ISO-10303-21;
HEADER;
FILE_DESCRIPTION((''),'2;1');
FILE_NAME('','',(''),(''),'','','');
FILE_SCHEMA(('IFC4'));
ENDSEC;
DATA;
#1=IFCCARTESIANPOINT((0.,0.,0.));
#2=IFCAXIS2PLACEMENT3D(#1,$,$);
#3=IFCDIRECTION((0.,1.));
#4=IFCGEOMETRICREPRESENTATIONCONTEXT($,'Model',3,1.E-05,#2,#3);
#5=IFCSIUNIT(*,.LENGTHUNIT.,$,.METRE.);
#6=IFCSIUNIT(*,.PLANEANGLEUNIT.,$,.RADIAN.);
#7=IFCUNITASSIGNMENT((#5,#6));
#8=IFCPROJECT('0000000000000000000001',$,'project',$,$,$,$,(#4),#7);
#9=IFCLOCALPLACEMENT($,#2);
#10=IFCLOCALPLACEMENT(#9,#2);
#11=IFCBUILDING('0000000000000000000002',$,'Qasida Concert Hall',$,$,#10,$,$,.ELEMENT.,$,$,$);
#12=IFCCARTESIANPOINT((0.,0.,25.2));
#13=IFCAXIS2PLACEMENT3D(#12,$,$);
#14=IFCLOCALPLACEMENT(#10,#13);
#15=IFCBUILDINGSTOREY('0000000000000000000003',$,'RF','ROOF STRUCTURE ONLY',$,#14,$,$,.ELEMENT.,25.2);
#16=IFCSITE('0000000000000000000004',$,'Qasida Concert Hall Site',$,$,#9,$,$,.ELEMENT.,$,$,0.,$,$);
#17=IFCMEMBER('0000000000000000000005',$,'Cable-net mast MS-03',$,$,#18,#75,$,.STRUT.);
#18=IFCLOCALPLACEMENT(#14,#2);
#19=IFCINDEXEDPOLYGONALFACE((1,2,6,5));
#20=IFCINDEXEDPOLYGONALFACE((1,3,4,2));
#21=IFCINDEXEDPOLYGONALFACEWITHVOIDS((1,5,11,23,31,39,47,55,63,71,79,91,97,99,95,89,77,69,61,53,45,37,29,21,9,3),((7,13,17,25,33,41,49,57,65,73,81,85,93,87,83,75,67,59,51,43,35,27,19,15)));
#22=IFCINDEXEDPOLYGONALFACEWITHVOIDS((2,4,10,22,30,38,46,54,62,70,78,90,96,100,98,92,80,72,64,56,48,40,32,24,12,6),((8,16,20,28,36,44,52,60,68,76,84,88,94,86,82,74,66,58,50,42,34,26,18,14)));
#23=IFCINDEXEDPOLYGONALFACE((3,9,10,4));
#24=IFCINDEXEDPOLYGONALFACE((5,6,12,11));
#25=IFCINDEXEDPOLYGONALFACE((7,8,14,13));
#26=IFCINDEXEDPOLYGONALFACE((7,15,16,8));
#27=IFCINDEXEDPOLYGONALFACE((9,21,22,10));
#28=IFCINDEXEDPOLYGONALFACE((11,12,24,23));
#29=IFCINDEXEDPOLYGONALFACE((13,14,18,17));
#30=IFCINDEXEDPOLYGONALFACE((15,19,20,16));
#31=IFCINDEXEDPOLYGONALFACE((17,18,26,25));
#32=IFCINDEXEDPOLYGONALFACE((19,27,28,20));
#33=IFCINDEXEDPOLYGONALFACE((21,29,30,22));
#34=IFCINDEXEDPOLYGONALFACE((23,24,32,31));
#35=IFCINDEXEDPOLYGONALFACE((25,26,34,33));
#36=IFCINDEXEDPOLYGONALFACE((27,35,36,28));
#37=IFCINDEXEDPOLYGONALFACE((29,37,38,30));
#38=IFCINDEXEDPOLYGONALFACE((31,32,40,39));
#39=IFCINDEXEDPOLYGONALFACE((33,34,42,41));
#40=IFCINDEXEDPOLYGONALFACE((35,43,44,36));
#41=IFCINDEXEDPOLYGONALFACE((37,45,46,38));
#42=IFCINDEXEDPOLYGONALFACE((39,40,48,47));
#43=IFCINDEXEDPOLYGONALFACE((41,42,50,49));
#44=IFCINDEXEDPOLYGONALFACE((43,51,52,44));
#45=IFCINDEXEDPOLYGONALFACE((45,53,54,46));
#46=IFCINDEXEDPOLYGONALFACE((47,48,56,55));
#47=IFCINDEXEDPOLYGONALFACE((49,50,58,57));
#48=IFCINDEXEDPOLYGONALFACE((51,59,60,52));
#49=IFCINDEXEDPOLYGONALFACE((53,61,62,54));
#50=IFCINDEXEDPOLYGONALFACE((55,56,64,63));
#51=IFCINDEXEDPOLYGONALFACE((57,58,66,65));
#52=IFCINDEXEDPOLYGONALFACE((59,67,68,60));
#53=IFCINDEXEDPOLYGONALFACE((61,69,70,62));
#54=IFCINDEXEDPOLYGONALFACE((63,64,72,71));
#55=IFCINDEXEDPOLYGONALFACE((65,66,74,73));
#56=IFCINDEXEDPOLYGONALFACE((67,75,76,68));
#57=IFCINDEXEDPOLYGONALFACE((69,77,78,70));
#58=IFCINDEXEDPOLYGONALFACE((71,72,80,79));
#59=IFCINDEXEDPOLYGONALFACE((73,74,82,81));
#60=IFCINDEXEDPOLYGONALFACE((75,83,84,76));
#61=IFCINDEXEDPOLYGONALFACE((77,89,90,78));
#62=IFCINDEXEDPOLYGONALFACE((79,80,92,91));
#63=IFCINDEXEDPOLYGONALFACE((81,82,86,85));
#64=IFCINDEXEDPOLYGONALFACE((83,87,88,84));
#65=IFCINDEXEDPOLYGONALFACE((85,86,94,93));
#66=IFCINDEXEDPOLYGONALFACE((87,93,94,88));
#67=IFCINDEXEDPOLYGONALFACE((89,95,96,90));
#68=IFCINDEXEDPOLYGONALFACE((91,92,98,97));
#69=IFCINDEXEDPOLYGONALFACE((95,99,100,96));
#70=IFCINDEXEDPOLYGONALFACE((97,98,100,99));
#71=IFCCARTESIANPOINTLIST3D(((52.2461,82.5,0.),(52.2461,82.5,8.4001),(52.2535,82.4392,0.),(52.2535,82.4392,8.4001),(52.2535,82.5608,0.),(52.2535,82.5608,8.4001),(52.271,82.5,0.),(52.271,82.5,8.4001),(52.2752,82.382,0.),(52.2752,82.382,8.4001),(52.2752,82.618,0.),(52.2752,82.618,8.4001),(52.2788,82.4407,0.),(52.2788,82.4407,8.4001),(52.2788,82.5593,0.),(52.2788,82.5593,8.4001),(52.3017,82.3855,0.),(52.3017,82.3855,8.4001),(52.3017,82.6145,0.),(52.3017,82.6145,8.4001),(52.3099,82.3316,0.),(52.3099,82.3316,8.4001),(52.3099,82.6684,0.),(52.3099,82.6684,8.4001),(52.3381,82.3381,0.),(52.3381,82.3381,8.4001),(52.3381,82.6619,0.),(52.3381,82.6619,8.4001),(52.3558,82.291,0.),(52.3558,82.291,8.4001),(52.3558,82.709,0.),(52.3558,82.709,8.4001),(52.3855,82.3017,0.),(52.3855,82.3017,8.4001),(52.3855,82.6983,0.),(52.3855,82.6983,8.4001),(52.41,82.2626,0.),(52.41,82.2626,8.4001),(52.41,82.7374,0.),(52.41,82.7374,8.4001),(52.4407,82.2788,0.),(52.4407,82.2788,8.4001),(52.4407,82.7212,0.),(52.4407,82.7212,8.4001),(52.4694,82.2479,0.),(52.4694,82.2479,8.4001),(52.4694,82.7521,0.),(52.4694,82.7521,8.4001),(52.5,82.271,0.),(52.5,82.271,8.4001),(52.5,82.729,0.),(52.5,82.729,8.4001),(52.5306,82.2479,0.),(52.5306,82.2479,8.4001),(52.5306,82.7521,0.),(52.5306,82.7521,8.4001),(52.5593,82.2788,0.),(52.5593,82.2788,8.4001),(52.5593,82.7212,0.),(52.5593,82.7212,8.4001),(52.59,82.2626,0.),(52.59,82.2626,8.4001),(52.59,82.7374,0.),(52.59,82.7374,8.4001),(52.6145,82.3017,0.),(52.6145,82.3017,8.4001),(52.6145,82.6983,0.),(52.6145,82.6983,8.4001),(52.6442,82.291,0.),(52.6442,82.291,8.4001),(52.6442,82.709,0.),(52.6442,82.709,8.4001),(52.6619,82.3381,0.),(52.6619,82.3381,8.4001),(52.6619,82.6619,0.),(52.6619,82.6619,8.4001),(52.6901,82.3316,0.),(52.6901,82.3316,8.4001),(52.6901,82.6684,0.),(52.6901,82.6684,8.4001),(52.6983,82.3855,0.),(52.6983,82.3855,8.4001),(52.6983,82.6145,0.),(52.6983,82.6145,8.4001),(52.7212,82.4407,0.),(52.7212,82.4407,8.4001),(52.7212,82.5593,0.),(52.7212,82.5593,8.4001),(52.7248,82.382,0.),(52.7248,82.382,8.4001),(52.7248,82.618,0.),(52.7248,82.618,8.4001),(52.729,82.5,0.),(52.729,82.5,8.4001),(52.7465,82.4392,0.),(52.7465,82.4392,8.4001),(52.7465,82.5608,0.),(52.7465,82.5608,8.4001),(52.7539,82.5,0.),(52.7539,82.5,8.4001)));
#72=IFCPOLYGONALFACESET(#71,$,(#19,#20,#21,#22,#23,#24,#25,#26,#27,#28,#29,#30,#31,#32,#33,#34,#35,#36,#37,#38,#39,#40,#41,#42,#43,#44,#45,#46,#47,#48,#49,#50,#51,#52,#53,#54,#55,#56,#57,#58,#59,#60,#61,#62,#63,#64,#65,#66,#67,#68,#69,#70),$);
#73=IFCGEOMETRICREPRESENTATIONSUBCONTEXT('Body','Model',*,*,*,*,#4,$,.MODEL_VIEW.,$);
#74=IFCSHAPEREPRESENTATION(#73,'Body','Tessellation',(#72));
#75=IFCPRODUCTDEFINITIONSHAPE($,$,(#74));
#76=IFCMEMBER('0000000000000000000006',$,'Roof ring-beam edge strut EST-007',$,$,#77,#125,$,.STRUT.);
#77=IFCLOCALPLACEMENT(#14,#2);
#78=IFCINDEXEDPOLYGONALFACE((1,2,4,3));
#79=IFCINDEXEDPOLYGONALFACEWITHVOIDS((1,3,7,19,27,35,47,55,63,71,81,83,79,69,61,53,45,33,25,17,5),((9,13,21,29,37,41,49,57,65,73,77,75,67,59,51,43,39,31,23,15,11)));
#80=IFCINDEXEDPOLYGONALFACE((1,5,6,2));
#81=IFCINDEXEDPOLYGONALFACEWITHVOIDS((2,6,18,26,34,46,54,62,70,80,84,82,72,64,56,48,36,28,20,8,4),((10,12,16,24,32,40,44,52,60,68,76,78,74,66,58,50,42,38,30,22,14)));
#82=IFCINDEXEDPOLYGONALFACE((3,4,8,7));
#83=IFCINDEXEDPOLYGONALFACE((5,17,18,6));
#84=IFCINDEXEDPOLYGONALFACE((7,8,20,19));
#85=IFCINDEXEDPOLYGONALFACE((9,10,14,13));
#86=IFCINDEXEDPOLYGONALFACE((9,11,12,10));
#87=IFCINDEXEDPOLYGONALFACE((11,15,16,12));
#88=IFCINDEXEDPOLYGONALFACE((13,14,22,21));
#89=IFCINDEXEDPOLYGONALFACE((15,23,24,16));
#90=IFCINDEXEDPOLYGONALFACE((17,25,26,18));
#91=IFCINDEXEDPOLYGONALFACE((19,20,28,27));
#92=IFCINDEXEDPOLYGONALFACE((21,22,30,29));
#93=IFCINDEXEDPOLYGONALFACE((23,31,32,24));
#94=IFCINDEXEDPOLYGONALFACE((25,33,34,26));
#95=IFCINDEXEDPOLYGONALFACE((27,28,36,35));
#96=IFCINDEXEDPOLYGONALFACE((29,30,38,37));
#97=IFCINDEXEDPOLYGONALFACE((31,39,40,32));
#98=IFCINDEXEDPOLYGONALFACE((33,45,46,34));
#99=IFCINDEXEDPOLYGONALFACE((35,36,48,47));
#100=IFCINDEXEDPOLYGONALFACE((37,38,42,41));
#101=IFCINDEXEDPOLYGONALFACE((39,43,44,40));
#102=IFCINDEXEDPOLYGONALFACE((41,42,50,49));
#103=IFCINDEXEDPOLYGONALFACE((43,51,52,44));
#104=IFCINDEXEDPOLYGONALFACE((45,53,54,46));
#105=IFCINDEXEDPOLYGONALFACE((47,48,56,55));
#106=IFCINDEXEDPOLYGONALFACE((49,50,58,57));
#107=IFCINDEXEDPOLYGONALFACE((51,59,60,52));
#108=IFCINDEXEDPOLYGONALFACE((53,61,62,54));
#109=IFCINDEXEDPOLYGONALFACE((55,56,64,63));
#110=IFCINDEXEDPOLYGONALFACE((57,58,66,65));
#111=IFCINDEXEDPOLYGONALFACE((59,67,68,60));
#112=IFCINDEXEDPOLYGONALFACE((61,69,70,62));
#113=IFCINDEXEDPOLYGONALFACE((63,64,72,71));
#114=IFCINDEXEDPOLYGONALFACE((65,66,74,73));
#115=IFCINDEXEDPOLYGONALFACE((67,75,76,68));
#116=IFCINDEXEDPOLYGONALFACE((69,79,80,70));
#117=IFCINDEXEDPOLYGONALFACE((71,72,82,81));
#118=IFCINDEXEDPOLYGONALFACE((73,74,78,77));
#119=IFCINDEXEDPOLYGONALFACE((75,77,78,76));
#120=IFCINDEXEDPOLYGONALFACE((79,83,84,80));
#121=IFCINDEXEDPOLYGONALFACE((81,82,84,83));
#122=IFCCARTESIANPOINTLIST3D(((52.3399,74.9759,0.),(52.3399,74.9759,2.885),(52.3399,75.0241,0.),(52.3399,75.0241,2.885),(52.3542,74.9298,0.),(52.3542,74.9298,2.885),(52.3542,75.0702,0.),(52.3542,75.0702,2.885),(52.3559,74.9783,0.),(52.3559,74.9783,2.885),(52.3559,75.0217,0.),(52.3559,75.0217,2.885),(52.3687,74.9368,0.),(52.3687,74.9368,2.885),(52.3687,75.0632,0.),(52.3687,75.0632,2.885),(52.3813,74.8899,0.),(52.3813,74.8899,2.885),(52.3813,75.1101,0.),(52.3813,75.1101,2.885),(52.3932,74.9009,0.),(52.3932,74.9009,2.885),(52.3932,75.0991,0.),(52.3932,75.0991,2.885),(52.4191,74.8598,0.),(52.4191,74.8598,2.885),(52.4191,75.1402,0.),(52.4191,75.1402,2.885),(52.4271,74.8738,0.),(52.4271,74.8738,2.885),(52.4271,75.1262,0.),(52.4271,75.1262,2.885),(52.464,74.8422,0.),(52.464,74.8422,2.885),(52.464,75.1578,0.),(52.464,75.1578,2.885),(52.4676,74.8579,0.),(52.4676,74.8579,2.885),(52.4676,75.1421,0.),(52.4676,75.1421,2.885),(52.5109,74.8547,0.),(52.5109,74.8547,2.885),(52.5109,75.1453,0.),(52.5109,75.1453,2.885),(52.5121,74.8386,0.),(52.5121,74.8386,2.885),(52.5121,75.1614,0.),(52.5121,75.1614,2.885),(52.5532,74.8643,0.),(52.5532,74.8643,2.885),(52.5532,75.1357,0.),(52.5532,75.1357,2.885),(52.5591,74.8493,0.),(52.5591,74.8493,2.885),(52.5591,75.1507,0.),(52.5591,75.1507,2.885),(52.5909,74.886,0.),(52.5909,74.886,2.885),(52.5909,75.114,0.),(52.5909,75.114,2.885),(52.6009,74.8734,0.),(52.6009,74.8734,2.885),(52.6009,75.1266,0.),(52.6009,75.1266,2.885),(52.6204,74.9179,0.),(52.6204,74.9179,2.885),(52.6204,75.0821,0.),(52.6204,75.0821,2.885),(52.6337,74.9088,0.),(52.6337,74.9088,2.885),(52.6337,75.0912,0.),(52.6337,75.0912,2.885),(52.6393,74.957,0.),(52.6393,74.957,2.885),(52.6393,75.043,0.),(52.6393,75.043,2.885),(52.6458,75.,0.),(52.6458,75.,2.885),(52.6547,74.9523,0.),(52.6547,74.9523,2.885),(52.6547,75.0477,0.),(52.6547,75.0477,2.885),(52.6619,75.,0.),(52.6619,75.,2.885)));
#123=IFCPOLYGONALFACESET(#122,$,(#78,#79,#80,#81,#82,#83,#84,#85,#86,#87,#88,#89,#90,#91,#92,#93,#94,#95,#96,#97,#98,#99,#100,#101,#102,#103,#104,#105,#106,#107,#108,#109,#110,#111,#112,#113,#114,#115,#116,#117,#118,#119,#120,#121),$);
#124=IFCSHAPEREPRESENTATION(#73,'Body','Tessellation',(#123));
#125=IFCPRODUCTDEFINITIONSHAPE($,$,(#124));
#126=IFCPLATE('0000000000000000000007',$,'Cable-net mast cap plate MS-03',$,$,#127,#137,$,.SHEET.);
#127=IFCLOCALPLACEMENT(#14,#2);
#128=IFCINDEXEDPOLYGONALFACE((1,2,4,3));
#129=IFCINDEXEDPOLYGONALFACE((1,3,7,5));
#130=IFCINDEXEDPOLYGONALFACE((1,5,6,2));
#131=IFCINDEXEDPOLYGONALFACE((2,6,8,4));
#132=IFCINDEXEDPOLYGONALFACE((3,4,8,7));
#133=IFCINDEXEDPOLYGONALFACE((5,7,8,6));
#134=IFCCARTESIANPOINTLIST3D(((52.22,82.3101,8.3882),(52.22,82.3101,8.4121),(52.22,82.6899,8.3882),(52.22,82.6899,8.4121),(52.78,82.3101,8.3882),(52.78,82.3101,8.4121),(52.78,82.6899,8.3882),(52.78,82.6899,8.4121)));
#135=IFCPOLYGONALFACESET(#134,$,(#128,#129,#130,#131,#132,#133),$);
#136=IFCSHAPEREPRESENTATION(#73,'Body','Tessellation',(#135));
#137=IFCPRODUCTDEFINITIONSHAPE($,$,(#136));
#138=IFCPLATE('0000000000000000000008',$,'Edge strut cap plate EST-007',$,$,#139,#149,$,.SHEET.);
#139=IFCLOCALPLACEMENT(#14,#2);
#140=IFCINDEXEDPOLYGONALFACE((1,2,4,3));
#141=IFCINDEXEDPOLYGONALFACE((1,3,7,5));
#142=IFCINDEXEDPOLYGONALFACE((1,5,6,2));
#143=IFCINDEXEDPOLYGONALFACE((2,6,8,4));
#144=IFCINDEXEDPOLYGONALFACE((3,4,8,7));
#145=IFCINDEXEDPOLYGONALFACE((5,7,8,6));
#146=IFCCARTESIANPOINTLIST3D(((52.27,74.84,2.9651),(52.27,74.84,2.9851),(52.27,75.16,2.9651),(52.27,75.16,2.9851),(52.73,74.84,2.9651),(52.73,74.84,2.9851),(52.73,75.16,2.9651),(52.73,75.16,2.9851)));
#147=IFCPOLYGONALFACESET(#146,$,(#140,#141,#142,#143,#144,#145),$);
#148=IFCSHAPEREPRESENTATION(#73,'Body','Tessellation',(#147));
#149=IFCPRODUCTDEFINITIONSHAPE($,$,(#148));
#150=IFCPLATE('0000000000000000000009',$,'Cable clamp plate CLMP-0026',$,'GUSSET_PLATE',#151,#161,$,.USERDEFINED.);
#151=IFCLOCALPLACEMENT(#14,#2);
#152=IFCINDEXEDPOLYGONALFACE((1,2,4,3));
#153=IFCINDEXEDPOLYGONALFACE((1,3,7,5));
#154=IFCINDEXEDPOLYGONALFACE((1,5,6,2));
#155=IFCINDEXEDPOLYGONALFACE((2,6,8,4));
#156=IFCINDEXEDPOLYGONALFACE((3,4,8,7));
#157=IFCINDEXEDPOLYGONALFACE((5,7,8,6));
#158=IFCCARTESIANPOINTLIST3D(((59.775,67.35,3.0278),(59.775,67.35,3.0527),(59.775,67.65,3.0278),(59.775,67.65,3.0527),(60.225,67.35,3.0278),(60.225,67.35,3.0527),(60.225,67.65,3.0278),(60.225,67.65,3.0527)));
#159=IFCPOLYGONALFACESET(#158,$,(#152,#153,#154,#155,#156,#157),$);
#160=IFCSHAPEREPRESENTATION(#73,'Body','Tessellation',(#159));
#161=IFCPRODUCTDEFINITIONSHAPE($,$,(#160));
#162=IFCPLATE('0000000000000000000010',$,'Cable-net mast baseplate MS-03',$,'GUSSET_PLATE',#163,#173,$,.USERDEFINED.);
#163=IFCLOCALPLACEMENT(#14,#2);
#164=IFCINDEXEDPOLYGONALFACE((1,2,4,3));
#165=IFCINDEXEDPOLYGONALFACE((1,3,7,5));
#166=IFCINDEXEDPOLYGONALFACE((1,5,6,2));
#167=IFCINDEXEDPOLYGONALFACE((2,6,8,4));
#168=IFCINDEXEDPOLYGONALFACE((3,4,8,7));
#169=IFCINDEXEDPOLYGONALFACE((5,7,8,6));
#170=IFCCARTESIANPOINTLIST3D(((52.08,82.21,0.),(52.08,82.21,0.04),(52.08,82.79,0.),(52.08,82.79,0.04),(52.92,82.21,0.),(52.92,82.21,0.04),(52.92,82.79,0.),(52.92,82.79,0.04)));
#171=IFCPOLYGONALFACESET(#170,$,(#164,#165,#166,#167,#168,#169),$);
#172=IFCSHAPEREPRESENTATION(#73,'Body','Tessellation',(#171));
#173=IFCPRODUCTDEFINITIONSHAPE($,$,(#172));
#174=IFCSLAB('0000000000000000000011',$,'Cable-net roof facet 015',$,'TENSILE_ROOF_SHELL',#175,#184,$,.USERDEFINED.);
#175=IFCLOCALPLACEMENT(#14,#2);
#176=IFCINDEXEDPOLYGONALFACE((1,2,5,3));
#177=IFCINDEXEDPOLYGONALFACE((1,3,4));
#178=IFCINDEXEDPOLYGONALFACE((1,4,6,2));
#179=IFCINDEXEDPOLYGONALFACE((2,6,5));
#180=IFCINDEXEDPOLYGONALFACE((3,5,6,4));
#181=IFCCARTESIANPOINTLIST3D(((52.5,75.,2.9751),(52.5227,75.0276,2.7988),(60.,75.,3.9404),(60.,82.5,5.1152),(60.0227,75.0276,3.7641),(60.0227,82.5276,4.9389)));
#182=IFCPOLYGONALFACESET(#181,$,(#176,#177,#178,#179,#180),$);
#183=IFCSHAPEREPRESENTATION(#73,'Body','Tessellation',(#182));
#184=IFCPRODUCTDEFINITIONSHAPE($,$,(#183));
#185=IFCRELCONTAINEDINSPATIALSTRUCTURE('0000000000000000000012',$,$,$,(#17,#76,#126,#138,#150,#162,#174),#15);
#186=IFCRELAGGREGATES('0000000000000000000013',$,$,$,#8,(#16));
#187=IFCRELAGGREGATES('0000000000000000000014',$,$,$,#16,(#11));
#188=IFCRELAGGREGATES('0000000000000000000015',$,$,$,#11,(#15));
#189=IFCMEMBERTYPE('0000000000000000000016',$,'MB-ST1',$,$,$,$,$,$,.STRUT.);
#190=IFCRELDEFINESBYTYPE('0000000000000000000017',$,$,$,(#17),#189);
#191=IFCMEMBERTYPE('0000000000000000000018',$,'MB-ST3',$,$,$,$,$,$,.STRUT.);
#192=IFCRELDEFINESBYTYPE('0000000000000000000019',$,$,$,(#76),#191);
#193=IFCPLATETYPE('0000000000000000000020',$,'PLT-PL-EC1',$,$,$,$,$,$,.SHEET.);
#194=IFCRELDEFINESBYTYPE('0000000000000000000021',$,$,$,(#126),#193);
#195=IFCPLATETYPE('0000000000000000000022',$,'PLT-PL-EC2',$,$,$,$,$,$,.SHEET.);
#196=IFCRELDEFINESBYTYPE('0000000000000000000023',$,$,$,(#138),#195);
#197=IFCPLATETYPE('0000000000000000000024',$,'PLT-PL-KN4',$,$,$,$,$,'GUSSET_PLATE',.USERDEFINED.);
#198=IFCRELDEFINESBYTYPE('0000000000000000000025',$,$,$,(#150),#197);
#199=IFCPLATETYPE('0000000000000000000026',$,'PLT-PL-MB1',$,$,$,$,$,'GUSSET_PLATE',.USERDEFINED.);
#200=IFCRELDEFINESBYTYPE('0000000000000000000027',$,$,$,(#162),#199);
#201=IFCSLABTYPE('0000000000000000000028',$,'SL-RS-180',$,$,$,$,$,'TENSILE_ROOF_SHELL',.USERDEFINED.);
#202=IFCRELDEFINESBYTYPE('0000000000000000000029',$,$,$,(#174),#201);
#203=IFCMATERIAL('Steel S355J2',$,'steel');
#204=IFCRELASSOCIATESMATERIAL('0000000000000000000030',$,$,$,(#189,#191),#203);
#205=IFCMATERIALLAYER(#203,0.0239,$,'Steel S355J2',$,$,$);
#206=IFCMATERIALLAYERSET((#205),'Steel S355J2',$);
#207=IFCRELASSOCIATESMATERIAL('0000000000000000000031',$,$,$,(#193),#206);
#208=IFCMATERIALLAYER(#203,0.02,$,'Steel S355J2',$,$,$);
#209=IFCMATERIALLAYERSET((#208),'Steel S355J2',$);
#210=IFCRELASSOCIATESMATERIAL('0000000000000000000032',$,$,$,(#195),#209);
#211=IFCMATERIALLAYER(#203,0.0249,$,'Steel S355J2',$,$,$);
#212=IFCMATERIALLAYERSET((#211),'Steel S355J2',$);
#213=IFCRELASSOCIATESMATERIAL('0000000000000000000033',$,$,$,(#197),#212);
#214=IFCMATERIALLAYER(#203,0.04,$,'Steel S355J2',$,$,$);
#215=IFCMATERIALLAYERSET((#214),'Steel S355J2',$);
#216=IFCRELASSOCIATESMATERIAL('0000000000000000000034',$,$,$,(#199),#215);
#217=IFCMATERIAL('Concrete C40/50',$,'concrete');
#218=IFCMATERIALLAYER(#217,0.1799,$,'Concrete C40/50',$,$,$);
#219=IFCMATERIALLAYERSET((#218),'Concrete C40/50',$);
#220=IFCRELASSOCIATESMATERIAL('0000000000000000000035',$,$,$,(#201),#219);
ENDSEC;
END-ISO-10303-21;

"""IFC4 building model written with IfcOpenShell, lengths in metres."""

from ifc_helpers import new_model, si_unit, direction, frame, origin, origin_2d, place, context, subcontext, project, spatial, polyline, rectangle, hollow_circle, outline, extrude, material, layer, layer_set, material_profile, profile_set, type_object, element, save


model = new_model("IFC4")

# Units and contexts
model_context = context("Model", 3, precision=1e-05, world=origin(), true_north=direction((0.0, 1.0)))
body_context = subcontext(model_context, "Body", "Model", "MODEL_VIEW")
ifc_project = project(units=[si_unit("LENGTHUNIT", "METRE"), si_unit("PLANEANGLEUNIT", "RADIAN")], contexts=[model_context])

# Site, building, storey
site_placement = place(None, origin())
site = spatial("IfcSite", under=ifc_project, at=site_placement, Name="Qasida Concert Hall Site", CompositionType="ELEMENT", RefElevation=0.0)
building_placement = place(site_placement, origin())
building = spatial("IfcBuilding", under=site, at=building_placement, Name="Qasida Concert Hall", CompositionType="ELEMENT")
storey_placement = place(building_placement, frame((0.0, 0.0, 25.2)))
storey = spatial("IfcBuildingStorey", under=building, at=storey_placement, Name="RF", Description="ROOF STRUCTURE ONLY", CompositionType="ELEMENT", Elevation=25.2)

# Members
ifc_material_1 = material(Name="Steel S355J2", Category="steel")
ifc_material_profile_1 = material_profile(ifc_material_1, hollow_circle(Radius=0.2539, WallThickness=0.0249, at=origin_2d()), Name="CHS 508x25")
ifc_profile_set_1 = profile_set([ifc_material_profile_1], Name="Steel S355J2")
member_type_1 = type_object("IfcMemberType", Name="MB-ST1", PredefinedType="STRUT", material=ifc_profile_set_1)
member_1_placement = place(storey_placement, frame((52.5, 82.5, 0.0), z_axis=(0.0, 0.0, 1.0), x_axis=(1.0, 0.0, 0.0)))
element("IfcMember", 1, at=member_1_placement, inside=storey, type_object=member_type_1, Name="Cable-net mast MS-03", PredefinedType="STRUT", context=body_context, shape_type="SweptSolid", body=[
    extrude(hollow_circle(Radius=0.2539, WallThickness=0.0249, at=origin_2d()), origin(), (0.0, 0.0, 1.0), 8.4001),
])
ifc_material_profile_2 = material_profile(ifc_material_1, hollow_circle(Radius=0.1619, WallThickness=0.0161, at=origin_2d()), Name="CHS 323.9x16")
ifc_profile_set_2 = profile_set([ifc_material_profile_2], Name="Steel S355J2")
member_type_2 = type_object("IfcMemberType", Name="MB-ST3", PredefinedType="STRUT", material=ifc_profile_set_2)
member_2_placement = place(storey_placement, frame((52.5, 75.0, 0.0), z_axis=(0.0, 0.0, 1.0), x_axis=(1.0, 0.0, 0.0)))
element("IfcMember", 2, at=member_2_placement, inside=storey, type_object=member_type_2, Name="Roof ring-beam edge strut EST-007", PredefinedType="STRUT", context=body_context, shape_type="SweptSolid", body=[
    extrude(hollow_circle(Radius=0.1619, WallThickness=0.0161, at=origin_2d()), origin(), (0.0, 0.0, 1.0), 2.885),
])

# Plates
ifc_layer_1 = layer(ifc_material_1, 0.0239, Name="Steel S355J2")
ifc_layer_set_1 = layer_set([ifc_layer_1], Name="Steel S355J2")
plate_type_1 = type_object("IfcPlateType", Name="PLT-PL-EC1", PredefinedType="SHEET", material=ifc_layer_set_1)
plate_1_placement = place(storey_placement, frame((52.5, 82.5, 8.3882), z_axis=(0.0, 0.0, 1.0), x_axis=(1.0, 0.0, 0.0)))
element("IfcPlate", 3, at=plate_1_placement, inside=storey, type_object=plate_type_1, Name="Cable-net mast cap plate MS-03", PredefinedType="SHEET", context=body_context, shape_type="SweptSolid", body=[
    extrude(rectangle(XDim=0.5601, YDim=0.3799, at=origin_2d()), origin(), (0.0, 0.0, 1.0), 0.0239),
])
ifc_layer_2 = layer(ifc_material_1, 0.02, Name="Steel S355J2")
ifc_layer_set_2 = layer_set([ifc_layer_2], Name="Steel S355J2")
plate_type_2 = type_object("IfcPlateType", Name="PLT-PL-EC2", PredefinedType="SHEET", material=ifc_layer_set_2)
plate_2_placement = place(storey_placement, frame((52.5, 75.0, 2.9651), z_axis=(0.0, 0.0, 1.0), x_axis=(1.0, 0.0, 0.0)))
element("IfcPlate", 4, at=plate_2_placement, inside=storey, type_object=plate_type_2, Name="Edge strut cap plate EST-007", PredefinedType="SHEET", context=body_context, shape_type="SweptSolid", body=[
    extrude(rectangle(XDim=0.46, YDim=0.3201, at=origin_2d()), origin(), (0.0, 0.0, 1.0), 0.02),
])
ifc_layer_3 = layer(ifc_material_1, 0.0249, Name="Steel S355J2")
ifc_layer_set_3 = layer_set([ifc_layer_3], Name="Steel S355J2")
plate_type_3 = type_object("IfcPlateType", Name="PLT-PL-KN4", ElementType="GUSSET_PLATE", PredefinedType="USERDEFINED", material=ifc_layer_set_3)
plate_3_placement = place(storey_placement, frame((60.0, 67.5, 3.0278), z_axis=(0.0, 0.0, 1.0), x_axis=(1.0, 0.0, 0.0)))
element("IfcPlate", 5, at=plate_3_placement, inside=storey, type_object=plate_type_3, Name="Cable clamp plate CLMP-0026", ObjectType="GUSSET_PLATE", PredefinedType="USERDEFINED", context=body_context, shape_type="SweptSolid", body=[
    extrude(rectangle(XDim=0.45, YDim=0.3, at=origin_2d()), origin(), (0.0, 0.0, 1.0), 0.0249),
])
ifc_layer_4 = layer(ifc_material_1, 0.04, Name="Steel S355J2")
ifc_layer_set_4 = layer_set([ifc_layer_4], Name="Steel S355J2")
plate_type_4 = type_object("IfcPlateType", Name="PLT-PL-MB1", ElementType="GUSSET_PLATE", PredefinedType="USERDEFINED", material=ifc_layer_set_4)
plate_4_placement = place(storey_placement, frame((52.5, 82.5, 0.0), z_axis=(0.0, 0.0, 1.0), x_axis=(1.0, 0.0, 0.0)))
element("IfcPlate", 6, at=plate_4_placement, inside=storey, type_object=plate_type_4, Name="Cable-net mast baseplate MS-03", ObjectType="GUSSET_PLATE", PredefinedType="USERDEFINED", context=body_context, shape_type="SweptSolid", body=[
    extrude(rectangle(XDim=0.8401, YDim=0.5801, at=origin_2d()), origin(), (0.0, 0.0, 1.0), 0.04),
])

# Slab
ifc_material_2 = material(Name="Concrete C40/50", Category="concrete")
ifc_layer_5 = layer(ifc_material_2, 0.1799, Name="Concrete C40/50")
ifc_layer_set_5 = layer_set([ifc_layer_5], Name="Concrete C40/50")
slab_type = type_object("IfcSlabType", Name="SL-RS-180", ElementType="TENSILE_ROOF_SHELL", PredefinedType="USERDEFINED", material=ifc_layer_set_5)
slab_1_placement = place(storey_placement, frame((52.5, 75.0, 2.9751), z_axis=(-0.126145, -0.153517, 0.980061), x_axis=(0.991818, 0.0, 0.127658)))
element("IfcSlab", 7, at=slab_1_placement, inside=storey, type_object=slab_type, Name="Cable-net roof facet 015", ObjectType="TENSILE_ROOF_SHELL", PredefinedType="USERDEFINED", context=body_context, shape_type="SweptSolid", body=[
    extrude(outline(polyline([(0.0, 0.0), (7.5619, 0.0), (7.7118, 7.59), (0.0, 0.0)])), origin(), (0.0, 0.0, -1.0), 0.1799),
])

save(model, "model.ifc")
